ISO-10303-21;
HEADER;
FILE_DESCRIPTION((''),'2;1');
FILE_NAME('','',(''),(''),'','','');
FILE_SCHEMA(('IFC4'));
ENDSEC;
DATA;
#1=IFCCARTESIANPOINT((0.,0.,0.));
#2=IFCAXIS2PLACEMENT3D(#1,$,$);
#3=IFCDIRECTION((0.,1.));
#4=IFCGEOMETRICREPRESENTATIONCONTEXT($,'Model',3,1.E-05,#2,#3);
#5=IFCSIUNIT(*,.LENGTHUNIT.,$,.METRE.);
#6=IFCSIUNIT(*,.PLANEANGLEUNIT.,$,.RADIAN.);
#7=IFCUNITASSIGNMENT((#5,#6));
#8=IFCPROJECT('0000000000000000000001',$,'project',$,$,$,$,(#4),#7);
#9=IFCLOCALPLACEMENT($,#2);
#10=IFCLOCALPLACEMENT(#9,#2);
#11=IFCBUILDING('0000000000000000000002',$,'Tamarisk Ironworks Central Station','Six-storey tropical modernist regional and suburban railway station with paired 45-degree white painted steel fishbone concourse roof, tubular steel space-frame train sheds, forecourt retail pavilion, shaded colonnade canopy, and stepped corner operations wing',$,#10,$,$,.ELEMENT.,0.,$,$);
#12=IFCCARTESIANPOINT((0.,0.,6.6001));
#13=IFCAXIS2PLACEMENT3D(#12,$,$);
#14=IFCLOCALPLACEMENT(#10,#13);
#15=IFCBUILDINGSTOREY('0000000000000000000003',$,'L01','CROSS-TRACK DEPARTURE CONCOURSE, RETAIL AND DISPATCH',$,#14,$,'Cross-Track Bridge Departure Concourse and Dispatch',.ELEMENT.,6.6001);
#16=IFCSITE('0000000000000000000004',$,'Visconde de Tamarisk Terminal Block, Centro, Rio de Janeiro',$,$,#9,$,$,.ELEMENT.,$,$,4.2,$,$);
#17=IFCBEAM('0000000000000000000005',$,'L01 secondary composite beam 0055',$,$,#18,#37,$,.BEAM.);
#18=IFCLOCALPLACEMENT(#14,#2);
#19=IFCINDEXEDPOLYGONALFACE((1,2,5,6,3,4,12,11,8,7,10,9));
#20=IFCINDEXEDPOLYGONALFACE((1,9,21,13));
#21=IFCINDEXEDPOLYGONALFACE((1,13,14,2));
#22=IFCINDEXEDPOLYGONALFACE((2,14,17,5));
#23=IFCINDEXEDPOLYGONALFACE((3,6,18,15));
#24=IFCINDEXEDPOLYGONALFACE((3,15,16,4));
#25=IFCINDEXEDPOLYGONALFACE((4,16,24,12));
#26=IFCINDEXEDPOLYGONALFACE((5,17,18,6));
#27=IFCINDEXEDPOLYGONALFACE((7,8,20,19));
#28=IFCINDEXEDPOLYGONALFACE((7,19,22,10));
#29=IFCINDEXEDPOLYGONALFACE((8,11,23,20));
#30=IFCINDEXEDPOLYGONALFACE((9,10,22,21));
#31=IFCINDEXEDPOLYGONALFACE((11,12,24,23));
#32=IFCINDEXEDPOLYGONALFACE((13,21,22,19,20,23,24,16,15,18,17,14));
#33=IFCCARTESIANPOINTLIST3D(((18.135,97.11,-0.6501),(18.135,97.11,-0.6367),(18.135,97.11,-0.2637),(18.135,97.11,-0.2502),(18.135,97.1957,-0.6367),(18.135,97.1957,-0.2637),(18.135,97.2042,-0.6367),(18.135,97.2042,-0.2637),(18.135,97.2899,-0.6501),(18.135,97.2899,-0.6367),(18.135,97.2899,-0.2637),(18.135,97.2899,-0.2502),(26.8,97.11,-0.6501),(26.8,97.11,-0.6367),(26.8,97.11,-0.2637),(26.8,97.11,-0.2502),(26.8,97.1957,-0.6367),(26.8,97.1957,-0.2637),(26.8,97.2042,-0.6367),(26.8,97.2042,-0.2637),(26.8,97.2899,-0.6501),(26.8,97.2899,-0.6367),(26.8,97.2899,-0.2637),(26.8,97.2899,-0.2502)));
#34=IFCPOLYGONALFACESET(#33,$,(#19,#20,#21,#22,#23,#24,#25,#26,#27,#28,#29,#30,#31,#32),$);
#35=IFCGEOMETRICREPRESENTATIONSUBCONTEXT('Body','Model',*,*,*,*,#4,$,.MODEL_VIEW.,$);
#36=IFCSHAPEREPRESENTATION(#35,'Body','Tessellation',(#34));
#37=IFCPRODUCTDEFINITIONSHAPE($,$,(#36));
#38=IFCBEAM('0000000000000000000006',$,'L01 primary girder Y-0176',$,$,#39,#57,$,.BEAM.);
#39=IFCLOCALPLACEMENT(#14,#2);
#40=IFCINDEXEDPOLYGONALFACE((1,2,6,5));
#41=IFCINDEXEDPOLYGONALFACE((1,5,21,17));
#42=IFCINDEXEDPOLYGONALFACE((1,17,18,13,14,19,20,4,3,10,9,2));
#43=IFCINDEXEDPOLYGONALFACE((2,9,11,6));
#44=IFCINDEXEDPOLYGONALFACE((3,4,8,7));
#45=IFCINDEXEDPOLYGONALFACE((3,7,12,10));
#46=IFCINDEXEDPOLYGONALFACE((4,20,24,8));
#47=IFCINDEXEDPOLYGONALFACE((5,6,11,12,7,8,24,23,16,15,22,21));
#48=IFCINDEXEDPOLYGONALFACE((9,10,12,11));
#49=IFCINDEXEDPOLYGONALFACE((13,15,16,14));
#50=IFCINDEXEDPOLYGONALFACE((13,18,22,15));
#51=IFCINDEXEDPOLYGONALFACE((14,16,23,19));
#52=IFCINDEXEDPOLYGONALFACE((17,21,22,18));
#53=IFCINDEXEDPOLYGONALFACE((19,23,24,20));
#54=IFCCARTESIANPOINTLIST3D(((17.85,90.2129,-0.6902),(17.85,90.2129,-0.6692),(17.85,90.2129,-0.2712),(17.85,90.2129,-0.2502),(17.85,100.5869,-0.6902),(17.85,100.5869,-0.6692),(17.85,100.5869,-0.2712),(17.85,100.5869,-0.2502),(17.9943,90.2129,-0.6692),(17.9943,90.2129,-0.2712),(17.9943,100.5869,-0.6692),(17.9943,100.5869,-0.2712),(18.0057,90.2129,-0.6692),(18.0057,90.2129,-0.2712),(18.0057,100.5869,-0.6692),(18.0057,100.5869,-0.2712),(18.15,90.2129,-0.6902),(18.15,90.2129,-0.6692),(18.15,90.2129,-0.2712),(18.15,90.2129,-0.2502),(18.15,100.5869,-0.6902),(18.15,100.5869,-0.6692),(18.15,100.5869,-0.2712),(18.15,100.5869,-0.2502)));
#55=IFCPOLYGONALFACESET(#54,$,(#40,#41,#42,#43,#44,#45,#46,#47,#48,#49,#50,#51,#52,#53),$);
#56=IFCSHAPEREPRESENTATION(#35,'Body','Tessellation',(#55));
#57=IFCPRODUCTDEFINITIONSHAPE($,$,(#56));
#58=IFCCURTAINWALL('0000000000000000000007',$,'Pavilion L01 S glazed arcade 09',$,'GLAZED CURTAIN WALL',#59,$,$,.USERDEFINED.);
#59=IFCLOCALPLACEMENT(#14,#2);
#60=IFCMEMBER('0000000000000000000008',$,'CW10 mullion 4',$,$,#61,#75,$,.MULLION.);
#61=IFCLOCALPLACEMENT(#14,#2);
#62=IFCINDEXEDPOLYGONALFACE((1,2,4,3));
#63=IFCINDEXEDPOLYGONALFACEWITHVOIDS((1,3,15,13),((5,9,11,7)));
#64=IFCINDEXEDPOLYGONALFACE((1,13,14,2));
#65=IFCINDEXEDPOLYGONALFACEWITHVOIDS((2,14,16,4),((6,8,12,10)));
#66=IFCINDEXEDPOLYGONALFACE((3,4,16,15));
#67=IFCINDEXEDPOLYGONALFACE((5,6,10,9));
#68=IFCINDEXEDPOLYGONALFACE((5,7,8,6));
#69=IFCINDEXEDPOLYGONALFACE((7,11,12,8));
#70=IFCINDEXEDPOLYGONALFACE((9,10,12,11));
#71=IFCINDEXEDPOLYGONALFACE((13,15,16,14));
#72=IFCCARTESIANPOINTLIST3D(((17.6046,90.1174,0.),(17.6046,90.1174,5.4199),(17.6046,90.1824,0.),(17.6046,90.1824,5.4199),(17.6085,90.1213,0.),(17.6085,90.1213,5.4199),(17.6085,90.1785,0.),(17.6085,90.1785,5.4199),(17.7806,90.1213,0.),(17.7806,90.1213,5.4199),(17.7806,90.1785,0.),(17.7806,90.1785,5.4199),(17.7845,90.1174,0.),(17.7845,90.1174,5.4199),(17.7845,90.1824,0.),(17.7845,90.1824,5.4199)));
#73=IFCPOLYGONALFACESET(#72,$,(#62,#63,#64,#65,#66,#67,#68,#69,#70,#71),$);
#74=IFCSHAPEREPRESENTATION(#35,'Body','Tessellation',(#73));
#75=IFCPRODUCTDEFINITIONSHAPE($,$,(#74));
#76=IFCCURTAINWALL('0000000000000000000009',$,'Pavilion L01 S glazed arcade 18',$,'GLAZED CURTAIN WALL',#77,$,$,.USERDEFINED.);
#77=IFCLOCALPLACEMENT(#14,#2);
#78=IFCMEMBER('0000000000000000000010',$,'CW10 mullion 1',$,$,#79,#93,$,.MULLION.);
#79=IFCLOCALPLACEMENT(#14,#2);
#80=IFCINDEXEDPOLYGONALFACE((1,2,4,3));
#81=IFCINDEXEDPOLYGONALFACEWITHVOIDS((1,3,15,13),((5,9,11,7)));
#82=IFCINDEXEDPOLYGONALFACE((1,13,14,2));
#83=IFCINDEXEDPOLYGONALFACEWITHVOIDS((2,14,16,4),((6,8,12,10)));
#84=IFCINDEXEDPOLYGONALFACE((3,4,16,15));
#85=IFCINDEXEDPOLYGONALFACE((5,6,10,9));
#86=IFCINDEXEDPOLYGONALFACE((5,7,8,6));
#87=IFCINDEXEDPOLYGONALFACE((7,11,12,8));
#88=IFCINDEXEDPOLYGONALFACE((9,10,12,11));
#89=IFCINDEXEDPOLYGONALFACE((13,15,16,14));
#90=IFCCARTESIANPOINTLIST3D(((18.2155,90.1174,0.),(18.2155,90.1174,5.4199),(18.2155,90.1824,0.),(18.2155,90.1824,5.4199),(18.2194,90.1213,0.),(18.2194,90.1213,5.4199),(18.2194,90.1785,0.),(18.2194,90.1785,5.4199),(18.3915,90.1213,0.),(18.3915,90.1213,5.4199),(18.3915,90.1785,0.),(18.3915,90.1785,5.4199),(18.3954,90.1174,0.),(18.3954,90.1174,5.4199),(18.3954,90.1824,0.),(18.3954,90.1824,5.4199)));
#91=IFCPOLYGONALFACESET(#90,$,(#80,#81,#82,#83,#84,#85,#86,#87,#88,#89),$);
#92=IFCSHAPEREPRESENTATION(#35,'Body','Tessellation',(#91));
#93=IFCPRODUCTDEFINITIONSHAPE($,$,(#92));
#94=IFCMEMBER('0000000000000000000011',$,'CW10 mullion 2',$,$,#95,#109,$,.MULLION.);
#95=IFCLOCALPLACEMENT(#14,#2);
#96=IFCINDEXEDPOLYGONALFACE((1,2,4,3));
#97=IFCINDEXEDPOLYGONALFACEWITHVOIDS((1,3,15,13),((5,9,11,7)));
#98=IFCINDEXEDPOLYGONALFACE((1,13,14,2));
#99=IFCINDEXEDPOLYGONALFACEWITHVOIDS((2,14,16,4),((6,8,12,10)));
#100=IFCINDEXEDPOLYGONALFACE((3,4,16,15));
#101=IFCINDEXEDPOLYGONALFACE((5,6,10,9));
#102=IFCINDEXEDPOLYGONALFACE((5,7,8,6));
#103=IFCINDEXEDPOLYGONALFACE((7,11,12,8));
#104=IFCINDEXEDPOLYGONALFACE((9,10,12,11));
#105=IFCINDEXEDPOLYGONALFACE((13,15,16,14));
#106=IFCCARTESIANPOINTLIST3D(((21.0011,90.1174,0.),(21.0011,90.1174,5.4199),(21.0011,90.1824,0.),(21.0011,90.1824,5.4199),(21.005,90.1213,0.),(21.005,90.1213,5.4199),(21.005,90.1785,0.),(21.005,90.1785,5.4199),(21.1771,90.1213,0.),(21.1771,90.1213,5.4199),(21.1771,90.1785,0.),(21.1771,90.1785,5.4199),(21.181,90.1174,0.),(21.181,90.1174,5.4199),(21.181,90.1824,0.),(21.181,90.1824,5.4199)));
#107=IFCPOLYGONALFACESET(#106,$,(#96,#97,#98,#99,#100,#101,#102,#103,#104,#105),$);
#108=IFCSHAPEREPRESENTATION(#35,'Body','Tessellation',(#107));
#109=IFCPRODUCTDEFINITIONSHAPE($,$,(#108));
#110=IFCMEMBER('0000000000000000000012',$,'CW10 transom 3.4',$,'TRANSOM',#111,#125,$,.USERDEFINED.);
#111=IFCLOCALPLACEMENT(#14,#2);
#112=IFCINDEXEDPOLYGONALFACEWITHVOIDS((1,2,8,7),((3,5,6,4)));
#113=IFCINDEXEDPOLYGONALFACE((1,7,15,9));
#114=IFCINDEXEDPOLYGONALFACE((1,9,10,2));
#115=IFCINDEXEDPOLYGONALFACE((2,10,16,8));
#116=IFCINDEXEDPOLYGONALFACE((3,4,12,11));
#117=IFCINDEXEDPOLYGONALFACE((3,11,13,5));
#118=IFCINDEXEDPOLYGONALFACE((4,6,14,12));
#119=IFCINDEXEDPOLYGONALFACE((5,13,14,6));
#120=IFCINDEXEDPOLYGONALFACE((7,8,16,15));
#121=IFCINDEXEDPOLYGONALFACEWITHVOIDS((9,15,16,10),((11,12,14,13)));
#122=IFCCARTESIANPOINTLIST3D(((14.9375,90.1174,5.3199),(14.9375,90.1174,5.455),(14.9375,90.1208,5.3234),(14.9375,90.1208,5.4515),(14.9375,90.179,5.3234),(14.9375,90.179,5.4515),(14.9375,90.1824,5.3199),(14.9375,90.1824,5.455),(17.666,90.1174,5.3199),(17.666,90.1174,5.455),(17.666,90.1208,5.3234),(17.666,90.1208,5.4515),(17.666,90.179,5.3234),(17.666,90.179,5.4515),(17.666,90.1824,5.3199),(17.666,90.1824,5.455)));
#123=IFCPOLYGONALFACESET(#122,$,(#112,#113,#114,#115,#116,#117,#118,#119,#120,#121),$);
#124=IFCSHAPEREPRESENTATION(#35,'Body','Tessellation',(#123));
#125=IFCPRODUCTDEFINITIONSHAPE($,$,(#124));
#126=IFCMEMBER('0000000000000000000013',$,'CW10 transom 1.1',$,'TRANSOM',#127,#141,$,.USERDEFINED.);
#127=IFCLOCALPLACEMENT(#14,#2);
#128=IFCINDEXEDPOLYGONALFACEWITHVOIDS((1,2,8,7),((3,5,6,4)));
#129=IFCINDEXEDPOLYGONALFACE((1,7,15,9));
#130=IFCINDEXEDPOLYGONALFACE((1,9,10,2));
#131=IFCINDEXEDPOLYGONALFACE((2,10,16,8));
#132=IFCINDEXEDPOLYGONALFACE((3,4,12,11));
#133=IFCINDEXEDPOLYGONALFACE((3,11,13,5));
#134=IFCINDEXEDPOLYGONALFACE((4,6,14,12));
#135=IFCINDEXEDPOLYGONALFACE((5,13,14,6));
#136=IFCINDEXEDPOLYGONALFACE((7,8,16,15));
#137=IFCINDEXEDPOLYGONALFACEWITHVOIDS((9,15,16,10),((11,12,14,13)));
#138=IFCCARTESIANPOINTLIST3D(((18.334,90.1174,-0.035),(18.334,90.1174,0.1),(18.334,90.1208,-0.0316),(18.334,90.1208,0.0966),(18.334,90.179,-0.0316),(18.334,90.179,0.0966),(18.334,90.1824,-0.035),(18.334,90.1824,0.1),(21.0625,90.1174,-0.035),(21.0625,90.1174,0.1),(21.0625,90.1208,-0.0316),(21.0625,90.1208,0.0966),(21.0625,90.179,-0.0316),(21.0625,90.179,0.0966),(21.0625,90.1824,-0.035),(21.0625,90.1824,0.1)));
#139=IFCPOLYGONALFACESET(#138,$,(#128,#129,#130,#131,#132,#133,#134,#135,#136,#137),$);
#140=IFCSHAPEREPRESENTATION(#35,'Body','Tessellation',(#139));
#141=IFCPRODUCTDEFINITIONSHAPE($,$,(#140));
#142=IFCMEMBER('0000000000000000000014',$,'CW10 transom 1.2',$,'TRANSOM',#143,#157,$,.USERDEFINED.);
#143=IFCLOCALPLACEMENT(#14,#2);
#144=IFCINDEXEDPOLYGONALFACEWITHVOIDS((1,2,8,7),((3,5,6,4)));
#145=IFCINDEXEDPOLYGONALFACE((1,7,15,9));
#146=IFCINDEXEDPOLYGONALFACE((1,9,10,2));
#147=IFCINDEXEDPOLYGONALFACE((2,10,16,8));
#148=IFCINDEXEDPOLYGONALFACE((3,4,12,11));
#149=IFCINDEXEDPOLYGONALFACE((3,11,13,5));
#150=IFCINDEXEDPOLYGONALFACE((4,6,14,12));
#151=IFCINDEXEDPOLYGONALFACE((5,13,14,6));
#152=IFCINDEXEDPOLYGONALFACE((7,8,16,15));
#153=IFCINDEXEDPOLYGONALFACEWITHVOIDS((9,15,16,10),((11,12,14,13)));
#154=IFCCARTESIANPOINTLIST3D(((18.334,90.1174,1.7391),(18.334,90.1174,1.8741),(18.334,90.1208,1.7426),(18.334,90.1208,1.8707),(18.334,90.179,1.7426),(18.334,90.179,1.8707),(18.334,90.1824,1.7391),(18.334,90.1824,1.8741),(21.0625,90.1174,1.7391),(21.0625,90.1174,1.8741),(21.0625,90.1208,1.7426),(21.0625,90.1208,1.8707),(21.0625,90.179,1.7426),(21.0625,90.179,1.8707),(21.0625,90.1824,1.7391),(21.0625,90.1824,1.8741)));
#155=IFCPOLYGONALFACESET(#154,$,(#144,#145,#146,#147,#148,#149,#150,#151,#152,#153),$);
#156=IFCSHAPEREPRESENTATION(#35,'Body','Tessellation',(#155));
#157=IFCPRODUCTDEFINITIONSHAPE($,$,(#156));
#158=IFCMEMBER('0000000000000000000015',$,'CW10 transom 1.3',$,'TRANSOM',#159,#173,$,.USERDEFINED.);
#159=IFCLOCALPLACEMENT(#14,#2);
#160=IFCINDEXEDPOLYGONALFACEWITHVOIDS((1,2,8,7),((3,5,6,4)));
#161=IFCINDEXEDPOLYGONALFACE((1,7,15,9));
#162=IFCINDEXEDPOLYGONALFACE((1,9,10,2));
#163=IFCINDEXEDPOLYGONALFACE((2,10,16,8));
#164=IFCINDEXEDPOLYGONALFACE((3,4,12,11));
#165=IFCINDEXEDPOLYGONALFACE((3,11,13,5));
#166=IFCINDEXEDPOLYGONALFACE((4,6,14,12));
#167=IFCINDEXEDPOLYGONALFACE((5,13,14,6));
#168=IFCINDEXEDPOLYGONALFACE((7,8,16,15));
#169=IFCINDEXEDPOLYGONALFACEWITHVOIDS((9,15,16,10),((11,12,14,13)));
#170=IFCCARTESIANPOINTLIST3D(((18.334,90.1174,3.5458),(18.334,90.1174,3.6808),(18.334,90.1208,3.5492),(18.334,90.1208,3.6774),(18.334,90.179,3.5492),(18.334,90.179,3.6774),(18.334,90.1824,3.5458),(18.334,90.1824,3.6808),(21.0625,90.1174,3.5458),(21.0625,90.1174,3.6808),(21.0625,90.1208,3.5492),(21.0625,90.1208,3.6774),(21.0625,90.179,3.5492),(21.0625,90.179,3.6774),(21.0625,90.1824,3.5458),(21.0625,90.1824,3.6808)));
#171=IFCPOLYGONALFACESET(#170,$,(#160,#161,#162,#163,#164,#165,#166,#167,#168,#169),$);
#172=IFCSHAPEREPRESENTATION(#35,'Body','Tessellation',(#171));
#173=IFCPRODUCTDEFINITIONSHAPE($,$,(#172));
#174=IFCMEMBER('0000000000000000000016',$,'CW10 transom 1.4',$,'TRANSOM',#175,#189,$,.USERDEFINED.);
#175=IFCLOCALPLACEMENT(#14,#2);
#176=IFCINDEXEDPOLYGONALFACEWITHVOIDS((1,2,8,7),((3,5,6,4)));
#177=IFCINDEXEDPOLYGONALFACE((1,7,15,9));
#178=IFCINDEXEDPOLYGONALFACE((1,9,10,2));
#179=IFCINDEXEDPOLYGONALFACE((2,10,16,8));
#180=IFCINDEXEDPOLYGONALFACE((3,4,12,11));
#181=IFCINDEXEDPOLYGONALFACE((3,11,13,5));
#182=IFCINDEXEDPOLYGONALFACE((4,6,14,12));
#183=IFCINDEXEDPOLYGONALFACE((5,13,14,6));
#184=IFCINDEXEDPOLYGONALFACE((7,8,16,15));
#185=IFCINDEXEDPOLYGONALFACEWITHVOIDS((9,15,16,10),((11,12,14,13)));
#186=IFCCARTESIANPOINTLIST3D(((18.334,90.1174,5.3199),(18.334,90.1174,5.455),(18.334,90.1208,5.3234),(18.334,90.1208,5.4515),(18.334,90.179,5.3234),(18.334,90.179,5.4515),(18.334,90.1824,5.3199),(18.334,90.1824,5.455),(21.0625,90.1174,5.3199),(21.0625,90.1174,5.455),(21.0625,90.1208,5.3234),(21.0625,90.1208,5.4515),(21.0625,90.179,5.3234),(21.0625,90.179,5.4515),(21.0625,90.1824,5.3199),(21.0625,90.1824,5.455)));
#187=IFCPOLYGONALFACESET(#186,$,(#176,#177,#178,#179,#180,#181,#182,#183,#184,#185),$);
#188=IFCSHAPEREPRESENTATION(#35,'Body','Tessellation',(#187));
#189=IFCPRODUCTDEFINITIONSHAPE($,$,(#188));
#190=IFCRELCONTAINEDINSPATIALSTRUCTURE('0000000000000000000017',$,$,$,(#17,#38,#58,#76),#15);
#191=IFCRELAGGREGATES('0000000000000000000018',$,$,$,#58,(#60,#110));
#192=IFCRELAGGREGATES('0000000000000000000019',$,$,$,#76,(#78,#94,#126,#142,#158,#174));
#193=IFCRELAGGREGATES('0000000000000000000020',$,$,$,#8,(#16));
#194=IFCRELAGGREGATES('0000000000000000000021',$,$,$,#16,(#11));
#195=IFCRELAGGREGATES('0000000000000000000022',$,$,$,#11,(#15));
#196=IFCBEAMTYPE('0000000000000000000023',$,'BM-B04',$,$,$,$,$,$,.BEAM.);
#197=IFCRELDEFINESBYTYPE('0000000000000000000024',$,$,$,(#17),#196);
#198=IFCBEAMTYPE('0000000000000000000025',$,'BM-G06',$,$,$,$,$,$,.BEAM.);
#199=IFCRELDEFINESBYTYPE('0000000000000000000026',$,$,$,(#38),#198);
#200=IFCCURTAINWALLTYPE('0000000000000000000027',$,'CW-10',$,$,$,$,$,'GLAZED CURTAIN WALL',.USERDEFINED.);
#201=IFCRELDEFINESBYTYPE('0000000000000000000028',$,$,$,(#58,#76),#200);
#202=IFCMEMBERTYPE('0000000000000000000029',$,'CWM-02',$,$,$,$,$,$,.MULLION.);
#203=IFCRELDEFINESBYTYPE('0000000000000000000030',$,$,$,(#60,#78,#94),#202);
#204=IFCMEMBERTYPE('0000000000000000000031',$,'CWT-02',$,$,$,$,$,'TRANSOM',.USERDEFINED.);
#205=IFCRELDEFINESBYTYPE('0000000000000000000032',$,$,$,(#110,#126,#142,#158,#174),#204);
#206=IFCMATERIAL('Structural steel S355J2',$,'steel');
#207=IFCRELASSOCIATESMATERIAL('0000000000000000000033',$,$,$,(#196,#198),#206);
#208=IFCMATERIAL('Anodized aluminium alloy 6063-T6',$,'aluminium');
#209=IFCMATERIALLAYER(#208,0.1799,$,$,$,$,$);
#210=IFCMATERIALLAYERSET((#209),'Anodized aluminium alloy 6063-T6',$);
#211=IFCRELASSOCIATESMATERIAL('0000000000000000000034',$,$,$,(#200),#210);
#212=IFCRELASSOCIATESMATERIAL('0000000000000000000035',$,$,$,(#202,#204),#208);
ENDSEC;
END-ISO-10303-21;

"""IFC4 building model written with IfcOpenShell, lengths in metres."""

from ifc_helpers import new_model, si_unit, direction, frame, origin, origin_2d, place, context, subcontext, project, spatial, hollow_rectangle, i_section, extrude, material, layer, layer_set, material_profile, profile_set, type_object, element, aggregate, save


model = new_model("IFC4")

# Units and contexts
model_context = context("Model", 3, precision=1e-05, world=origin(), true_north=direction((0.0, 1.0)))
body_context = subcontext(model_context, "Body", "Model", "MODEL_VIEW")
ifc_project = project(units=[si_unit("LENGTHUNIT", "METRE"), si_unit("PLANEANGLEUNIT", "RADIAN")], contexts=[model_context])

# Site, building, storey
site_placement = place(None, origin())
site = spatial("IfcSite", under=ifc_project, at=site_placement, Name="Visconde de Tamarisk Terminal Block, Centro, Rio de Janeiro", CompositionType="ELEMENT", RefElevation=4.2)
building_placement = place(site_placement, origin())
building = spatial("IfcBuilding", under=site, at=building_placement, Name="Tamarisk Ironworks Central Station", Description="Six-storey tropical modernist regional and suburban railway station with paired 45-degree white painted steel fishbone concourse roof, tubular steel space-frame train sheds, forecourt retail pavilion, shaded colonnade canopy, and stepped corner operations wing", CompositionType="ELEMENT", ElevationOfRefHeight=0.0)
storey_placement = place(building_placement, frame((0.0, 0.0, 6.6001)))
storey = spatial("IfcBuildingStorey", under=building, at=storey_placement, Name="L01", Description="CROSS-TRACK DEPARTURE CONCOURSE, RETAIL AND DISPATCH", LongName="Cross-Track Bridge Departure Concourse and Dispatch", CompositionType="ELEMENT", Elevation=6.6001)

# Beams
ifc_material_1 = material(Name="Structural steel S355J2", Category="steel")
ifc_material_profile_1 = material_profile(ifc_material_1, i_section(OverallWidth=0.1799, OverallDepth=0.3999, WebThickness=0.0085, FlangeThickness=0.0134, at=origin_2d()), Name="IPE 400")
ifc_profile_set_1 = profile_set([ifc_material_profile_1], Name="Structural steel S355J2")
beam_type_1 = type_object("IfcBeamType", Name="BM-B04", PredefinedType="BEAM", material=ifc_profile_set_1)
beam_1_placement = place(storey_placement, frame((18.135, 97.2, -0.4502), z_axis=(1.0, 0.0, 0.0), x_axis=(0.0, 1.0, 0.0)))
element("IfcBeam", 1, at=beam_1_placement, inside=storey, type_object=beam_type_1, Name="L01 secondary composite beam 0055", PredefinedType="BEAM", context=body_context, shape_type="SweptSolid", body=[
    extrude(i_section(OverallWidth=0.1799, OverallDepth=0.3999, WebThickness=0.0085, FlangeThickness=0.0134, at=origin_2d()), origin(), (0.0, 0.0, 1.0), 8.665),
])
ifc_material_profile_2 = material_profile(ifc_material_1, i_section(OverallWidth=0.3, OverallDepth=0.4399, WebThickness=0.0115, FlangeThickness=0.021, at=origin_2d()), Name="HEA 450")
ifc_profile_set_2 = profile_set([ifc_material_profile_2], Name="Structural steel S355J2")
beam_type_2 = type_object("IfcBeamType", Name="BM-G06", PredefinedType="BEAM", material=ifc_profile_set_2)
beam_2_placement = place(storey_placement, frame((18.0, 90.2129, -0.4702), z_axis=(0.0, 1.0, 0.0), x_axis=(-1.0, 0.0, 0.0)))
element("IfcBeam", 2, at=beam_2_placement, inside=storey, type_object=beam_type_2, Name="L01 primary girder Y-0176", PredefinedType="BEAM", context=body_context, shape_type="SweptSolid", body=[
    extrude(i_section(OverallWidth=0.3, OverallDepth=0.4399, WebThickness=0.0115, FlangeThickness=0.021, at=origin_2d()), origin(), (0.0, 0.0, 1.0), 10.374),
])

# Curtain wall, member
ifc_material_2 = material(Name="Anodized aluminium alloy 6063-T6", Category="aluminium")
ifc_layer_1 = layer(ifc_material_2, 0.1799)
ifc_layer_set_1 = layer_set([ifc_layer_1], Name="Anodized aluminium alloy 6063-T6")
curtain_wall_type = type_object("IfcCurtainWallType", Name="CW-10", ElementType="GLAZED CURTAIN WALL", PredefinedType="USERDEFINED", material=ifc_layer_set_1)
curtain_wall_1_placement = place(storey_placement, origin())
curtain_wall_1 = element("IfcCurtainWall", 3, at=curtain_wall_1_placement, inside=storey, type_object=curtain_wall_type, Name="Pavilion L01 S glazed arcade 09", ObjectType="GLAZED CURTAIN WALL", PredefinedType="USERDEFINED")
ifc_material_profile_3 = material_profile(ifc_material_2, hollow_rectangle(XDim=0.0649, YDim=0.1799, WallThickness=0.0039, at=origin_2d()), Name="ALUM 180x65")
ifc_profile_set_3 = profile_set([ifc_material_profile_3], Name="Anodized aluminium alloy 6063-T6")
member_type_1 = type_object("IfcMemberType", Name="CWM-02", PredefinedType="MULLION", material=ifc_profile_set_3)
member_1_placement = place(storey_placement, frame((17.6946, 90.1499, 0.0), z_axis=(0.0, 0.0, 1.0), x_axis=(0.0, 1.0, 0.0)))
member_1 = element("IfcMember", 4, at=member_1_placement, type_object=member_type_1, Name="CW10 mullion 4", PredefinedType="MULLION", context=body_context, shape_type="SweptSolid", body=[
    extrude(hollow_rectangle(XDim=0.0649, YDim=0.1799, WallThickness=0.0039, at=origin_2d()), origin(), (0.0, 0.0, 1.0), 5.4199),
])

# Curtain wall, members
curtain_wall_2_placement = place(storey_placement, origin())
curtain_wall_2 = element("IfcCurtainWall", 5, at=curtain_wall_2_placement, inside=storey, type_object=curtain_wall_type, Name="Pavilion L01 S glazed arcade 18", ObjectType="GLAZED CURTAIN WALL", PredefinedType="USERDEFINED")
member_2_placement = place(storey_placement, frame((18.3054, 90.1499, 0.0), z_axis=(0.0, 0.0, 1.0), x_axis=(0.0, 1.0, 0.0)))
member_2 = element("IfcMember", 6, at=member_2_placement, type_object=member_type_1, Name="CW10 mullion 1", PredefinedType="MULLION", context=body_context, shape_type="SweptSolid", body=[
    extrude(hollow_rectangle(XDim=0.0649, YDim=0.1799, WallThickness=0.0039, at=origin_2d()), origin(), (0.0, 0.0, 1.0), 5.4199),
])
member_3_placement = place(storey_placement, frame((21.0911, 90.1499, 0.0), z_axis=(0.0, 0.0, 1.0), x_axis=(0.0, 1.0, 0.0)))
member_3 = element("IfcMember", 7, at=member_3_placement, type_object=member_type_1, Name="CW10 mullion 2", PredefinedType="MULLION", context=body_context, shape_type="SweptSolid", body=[
    extrude(hollow_rectangle(XDim=0.0649, YDim=0.1799, WallThickness=0.0039, at=origin_2d()), origin(), (0.0, 0.0, 1.0), 5.4199),
])

# Members
ifc_material_profile_4 = material_profile(ifc_material_2, hollow_rectangle(XDim=0.0649, YDim=0.135, WallThickness=0.0034, at=origin_2d()), Name="ALUM 135x65")
ifc_profile_set_4 = profile_set([ifc_material_profile_4], Name="Anodized aluminium alloy 6063-T6")
member_type_2 = type_object("IfcMemberType", Name="CWT-02", ElementType="TRANSOM", PredefinedType="USERDEFINED", material=ifc_profile_set_4)
member_4_placement = place(storey_placement, frame((14.9375, 90.1499, 5.3875), z_axis=(1.0, 0.0, 0.0), x_axis=(0.0, 1.0, 0.0)))
member_4 = element("IfcMember", 8, at=member_4_placement, type_object=member_type_2, Name="CW10 transom 3.4", ObjectType="TRANSOM", PredefinedType="USERDEFINED", context=body_context, shape_type="SweptSolid", body=[
    extrude(hollow_rectangle(XDim=0.0649, YDim=0.135, WallThickness=0.0034, at=origin_2d()), origin(), (0.0, 0.0, 1.0), 2.7285),
])
member_5_placement = place(storey_placement, frame((18.334, 90.1499, 0.0325), z_axis=(1.0, 0.0, 0.0), x_axis=(0.0, 1.0, 0.0)))
member_5 = element("IfcMember", 9, at=member_5_placement, type_object=member_type_2, Name="CW10 transom 1.1", ObjectType="TRANSOM", PredefinedType="USERDEFINED", context=body_context, shape_type="SweptSolid", body=[
    extrude(hollow_rectangle(XDim=0.0649, YDim=0.135, WallThickness=0.0034, at=origin_2d()), origin(), (0.0, 0.0, 1.0), 2.7285),
])
member_6_placement = place(storey_placement, frame((18.334, 90.1499, 1.8066), z_axis=(1.0, 0.0, 0.0), x_axis=(0.0, 1.0, 0.0)))
member_6 = element("IfcMember", 10, at=member_6_placement, type_object=member_type_2, Name="CW10 transom 1.2", ObjectType="TRANSOM", PredefinedType="USERDEFINED", context=body_context, shape_type="SweptSolid", body=[
    extrude(hollow_rectangle(XDim=0.0649, YDim=0.135, WallThickness=0.0034, at=origin_2d()), origin(), (0.0, 0.0, 1.0), 2.7285),
])
member_7_placement = place(storey_placement, frame((18.334, 90.1499, 3.6133), z_axis=(1.0, 0.0, 0.0), x_axis=(0.0, 1.0, 0.0)))
member_7 = element("IfcMember", 11, at=member_7_placement, type_object=member_type_2, Name="CW10 transom 1.3", ObjectType="TRANSOM", PredefinedType="USERDEFINED", context=body_context, shape_type="SweptSolid", body=[
    extrude(hollow_rectangle(XDim=0.0649, YDim=0.135, WallThickness=0.0034, at=origin_2d()), origin(), (0.0, 0.0, 1.0), 2.7285),
])
member_8_placement = place(storey_placement, frame((18.334, 90.1499, 5.3875), z_axis=(1.0, 0.0, 0.0), x_axis=(0.0, 1.0, 0.0)))
member_8 = element("IfcMember", 12, at=member_8_placement, type_object=member_type_2, Name="CW10 transom 1.4", ObjectType="TRANSOM", PredefinedType="USERDEFINED", context=body_context, shape_type="SweptSolid", body=[
    extrude(hollow_rectangle(XDim=0.0649, YDim=0.135, WallThickness=0.0034, at=origin_2d()), origin(), (0.0, 0.0, 1.0), 2.7285),
])

aggregate(curtain_wall_1, [member_1, member_4])
aggregate(curtain_wall_2, [member_2, member_3, member_5, member_6, member_7, member_8])

save(model, "model.ifc")
